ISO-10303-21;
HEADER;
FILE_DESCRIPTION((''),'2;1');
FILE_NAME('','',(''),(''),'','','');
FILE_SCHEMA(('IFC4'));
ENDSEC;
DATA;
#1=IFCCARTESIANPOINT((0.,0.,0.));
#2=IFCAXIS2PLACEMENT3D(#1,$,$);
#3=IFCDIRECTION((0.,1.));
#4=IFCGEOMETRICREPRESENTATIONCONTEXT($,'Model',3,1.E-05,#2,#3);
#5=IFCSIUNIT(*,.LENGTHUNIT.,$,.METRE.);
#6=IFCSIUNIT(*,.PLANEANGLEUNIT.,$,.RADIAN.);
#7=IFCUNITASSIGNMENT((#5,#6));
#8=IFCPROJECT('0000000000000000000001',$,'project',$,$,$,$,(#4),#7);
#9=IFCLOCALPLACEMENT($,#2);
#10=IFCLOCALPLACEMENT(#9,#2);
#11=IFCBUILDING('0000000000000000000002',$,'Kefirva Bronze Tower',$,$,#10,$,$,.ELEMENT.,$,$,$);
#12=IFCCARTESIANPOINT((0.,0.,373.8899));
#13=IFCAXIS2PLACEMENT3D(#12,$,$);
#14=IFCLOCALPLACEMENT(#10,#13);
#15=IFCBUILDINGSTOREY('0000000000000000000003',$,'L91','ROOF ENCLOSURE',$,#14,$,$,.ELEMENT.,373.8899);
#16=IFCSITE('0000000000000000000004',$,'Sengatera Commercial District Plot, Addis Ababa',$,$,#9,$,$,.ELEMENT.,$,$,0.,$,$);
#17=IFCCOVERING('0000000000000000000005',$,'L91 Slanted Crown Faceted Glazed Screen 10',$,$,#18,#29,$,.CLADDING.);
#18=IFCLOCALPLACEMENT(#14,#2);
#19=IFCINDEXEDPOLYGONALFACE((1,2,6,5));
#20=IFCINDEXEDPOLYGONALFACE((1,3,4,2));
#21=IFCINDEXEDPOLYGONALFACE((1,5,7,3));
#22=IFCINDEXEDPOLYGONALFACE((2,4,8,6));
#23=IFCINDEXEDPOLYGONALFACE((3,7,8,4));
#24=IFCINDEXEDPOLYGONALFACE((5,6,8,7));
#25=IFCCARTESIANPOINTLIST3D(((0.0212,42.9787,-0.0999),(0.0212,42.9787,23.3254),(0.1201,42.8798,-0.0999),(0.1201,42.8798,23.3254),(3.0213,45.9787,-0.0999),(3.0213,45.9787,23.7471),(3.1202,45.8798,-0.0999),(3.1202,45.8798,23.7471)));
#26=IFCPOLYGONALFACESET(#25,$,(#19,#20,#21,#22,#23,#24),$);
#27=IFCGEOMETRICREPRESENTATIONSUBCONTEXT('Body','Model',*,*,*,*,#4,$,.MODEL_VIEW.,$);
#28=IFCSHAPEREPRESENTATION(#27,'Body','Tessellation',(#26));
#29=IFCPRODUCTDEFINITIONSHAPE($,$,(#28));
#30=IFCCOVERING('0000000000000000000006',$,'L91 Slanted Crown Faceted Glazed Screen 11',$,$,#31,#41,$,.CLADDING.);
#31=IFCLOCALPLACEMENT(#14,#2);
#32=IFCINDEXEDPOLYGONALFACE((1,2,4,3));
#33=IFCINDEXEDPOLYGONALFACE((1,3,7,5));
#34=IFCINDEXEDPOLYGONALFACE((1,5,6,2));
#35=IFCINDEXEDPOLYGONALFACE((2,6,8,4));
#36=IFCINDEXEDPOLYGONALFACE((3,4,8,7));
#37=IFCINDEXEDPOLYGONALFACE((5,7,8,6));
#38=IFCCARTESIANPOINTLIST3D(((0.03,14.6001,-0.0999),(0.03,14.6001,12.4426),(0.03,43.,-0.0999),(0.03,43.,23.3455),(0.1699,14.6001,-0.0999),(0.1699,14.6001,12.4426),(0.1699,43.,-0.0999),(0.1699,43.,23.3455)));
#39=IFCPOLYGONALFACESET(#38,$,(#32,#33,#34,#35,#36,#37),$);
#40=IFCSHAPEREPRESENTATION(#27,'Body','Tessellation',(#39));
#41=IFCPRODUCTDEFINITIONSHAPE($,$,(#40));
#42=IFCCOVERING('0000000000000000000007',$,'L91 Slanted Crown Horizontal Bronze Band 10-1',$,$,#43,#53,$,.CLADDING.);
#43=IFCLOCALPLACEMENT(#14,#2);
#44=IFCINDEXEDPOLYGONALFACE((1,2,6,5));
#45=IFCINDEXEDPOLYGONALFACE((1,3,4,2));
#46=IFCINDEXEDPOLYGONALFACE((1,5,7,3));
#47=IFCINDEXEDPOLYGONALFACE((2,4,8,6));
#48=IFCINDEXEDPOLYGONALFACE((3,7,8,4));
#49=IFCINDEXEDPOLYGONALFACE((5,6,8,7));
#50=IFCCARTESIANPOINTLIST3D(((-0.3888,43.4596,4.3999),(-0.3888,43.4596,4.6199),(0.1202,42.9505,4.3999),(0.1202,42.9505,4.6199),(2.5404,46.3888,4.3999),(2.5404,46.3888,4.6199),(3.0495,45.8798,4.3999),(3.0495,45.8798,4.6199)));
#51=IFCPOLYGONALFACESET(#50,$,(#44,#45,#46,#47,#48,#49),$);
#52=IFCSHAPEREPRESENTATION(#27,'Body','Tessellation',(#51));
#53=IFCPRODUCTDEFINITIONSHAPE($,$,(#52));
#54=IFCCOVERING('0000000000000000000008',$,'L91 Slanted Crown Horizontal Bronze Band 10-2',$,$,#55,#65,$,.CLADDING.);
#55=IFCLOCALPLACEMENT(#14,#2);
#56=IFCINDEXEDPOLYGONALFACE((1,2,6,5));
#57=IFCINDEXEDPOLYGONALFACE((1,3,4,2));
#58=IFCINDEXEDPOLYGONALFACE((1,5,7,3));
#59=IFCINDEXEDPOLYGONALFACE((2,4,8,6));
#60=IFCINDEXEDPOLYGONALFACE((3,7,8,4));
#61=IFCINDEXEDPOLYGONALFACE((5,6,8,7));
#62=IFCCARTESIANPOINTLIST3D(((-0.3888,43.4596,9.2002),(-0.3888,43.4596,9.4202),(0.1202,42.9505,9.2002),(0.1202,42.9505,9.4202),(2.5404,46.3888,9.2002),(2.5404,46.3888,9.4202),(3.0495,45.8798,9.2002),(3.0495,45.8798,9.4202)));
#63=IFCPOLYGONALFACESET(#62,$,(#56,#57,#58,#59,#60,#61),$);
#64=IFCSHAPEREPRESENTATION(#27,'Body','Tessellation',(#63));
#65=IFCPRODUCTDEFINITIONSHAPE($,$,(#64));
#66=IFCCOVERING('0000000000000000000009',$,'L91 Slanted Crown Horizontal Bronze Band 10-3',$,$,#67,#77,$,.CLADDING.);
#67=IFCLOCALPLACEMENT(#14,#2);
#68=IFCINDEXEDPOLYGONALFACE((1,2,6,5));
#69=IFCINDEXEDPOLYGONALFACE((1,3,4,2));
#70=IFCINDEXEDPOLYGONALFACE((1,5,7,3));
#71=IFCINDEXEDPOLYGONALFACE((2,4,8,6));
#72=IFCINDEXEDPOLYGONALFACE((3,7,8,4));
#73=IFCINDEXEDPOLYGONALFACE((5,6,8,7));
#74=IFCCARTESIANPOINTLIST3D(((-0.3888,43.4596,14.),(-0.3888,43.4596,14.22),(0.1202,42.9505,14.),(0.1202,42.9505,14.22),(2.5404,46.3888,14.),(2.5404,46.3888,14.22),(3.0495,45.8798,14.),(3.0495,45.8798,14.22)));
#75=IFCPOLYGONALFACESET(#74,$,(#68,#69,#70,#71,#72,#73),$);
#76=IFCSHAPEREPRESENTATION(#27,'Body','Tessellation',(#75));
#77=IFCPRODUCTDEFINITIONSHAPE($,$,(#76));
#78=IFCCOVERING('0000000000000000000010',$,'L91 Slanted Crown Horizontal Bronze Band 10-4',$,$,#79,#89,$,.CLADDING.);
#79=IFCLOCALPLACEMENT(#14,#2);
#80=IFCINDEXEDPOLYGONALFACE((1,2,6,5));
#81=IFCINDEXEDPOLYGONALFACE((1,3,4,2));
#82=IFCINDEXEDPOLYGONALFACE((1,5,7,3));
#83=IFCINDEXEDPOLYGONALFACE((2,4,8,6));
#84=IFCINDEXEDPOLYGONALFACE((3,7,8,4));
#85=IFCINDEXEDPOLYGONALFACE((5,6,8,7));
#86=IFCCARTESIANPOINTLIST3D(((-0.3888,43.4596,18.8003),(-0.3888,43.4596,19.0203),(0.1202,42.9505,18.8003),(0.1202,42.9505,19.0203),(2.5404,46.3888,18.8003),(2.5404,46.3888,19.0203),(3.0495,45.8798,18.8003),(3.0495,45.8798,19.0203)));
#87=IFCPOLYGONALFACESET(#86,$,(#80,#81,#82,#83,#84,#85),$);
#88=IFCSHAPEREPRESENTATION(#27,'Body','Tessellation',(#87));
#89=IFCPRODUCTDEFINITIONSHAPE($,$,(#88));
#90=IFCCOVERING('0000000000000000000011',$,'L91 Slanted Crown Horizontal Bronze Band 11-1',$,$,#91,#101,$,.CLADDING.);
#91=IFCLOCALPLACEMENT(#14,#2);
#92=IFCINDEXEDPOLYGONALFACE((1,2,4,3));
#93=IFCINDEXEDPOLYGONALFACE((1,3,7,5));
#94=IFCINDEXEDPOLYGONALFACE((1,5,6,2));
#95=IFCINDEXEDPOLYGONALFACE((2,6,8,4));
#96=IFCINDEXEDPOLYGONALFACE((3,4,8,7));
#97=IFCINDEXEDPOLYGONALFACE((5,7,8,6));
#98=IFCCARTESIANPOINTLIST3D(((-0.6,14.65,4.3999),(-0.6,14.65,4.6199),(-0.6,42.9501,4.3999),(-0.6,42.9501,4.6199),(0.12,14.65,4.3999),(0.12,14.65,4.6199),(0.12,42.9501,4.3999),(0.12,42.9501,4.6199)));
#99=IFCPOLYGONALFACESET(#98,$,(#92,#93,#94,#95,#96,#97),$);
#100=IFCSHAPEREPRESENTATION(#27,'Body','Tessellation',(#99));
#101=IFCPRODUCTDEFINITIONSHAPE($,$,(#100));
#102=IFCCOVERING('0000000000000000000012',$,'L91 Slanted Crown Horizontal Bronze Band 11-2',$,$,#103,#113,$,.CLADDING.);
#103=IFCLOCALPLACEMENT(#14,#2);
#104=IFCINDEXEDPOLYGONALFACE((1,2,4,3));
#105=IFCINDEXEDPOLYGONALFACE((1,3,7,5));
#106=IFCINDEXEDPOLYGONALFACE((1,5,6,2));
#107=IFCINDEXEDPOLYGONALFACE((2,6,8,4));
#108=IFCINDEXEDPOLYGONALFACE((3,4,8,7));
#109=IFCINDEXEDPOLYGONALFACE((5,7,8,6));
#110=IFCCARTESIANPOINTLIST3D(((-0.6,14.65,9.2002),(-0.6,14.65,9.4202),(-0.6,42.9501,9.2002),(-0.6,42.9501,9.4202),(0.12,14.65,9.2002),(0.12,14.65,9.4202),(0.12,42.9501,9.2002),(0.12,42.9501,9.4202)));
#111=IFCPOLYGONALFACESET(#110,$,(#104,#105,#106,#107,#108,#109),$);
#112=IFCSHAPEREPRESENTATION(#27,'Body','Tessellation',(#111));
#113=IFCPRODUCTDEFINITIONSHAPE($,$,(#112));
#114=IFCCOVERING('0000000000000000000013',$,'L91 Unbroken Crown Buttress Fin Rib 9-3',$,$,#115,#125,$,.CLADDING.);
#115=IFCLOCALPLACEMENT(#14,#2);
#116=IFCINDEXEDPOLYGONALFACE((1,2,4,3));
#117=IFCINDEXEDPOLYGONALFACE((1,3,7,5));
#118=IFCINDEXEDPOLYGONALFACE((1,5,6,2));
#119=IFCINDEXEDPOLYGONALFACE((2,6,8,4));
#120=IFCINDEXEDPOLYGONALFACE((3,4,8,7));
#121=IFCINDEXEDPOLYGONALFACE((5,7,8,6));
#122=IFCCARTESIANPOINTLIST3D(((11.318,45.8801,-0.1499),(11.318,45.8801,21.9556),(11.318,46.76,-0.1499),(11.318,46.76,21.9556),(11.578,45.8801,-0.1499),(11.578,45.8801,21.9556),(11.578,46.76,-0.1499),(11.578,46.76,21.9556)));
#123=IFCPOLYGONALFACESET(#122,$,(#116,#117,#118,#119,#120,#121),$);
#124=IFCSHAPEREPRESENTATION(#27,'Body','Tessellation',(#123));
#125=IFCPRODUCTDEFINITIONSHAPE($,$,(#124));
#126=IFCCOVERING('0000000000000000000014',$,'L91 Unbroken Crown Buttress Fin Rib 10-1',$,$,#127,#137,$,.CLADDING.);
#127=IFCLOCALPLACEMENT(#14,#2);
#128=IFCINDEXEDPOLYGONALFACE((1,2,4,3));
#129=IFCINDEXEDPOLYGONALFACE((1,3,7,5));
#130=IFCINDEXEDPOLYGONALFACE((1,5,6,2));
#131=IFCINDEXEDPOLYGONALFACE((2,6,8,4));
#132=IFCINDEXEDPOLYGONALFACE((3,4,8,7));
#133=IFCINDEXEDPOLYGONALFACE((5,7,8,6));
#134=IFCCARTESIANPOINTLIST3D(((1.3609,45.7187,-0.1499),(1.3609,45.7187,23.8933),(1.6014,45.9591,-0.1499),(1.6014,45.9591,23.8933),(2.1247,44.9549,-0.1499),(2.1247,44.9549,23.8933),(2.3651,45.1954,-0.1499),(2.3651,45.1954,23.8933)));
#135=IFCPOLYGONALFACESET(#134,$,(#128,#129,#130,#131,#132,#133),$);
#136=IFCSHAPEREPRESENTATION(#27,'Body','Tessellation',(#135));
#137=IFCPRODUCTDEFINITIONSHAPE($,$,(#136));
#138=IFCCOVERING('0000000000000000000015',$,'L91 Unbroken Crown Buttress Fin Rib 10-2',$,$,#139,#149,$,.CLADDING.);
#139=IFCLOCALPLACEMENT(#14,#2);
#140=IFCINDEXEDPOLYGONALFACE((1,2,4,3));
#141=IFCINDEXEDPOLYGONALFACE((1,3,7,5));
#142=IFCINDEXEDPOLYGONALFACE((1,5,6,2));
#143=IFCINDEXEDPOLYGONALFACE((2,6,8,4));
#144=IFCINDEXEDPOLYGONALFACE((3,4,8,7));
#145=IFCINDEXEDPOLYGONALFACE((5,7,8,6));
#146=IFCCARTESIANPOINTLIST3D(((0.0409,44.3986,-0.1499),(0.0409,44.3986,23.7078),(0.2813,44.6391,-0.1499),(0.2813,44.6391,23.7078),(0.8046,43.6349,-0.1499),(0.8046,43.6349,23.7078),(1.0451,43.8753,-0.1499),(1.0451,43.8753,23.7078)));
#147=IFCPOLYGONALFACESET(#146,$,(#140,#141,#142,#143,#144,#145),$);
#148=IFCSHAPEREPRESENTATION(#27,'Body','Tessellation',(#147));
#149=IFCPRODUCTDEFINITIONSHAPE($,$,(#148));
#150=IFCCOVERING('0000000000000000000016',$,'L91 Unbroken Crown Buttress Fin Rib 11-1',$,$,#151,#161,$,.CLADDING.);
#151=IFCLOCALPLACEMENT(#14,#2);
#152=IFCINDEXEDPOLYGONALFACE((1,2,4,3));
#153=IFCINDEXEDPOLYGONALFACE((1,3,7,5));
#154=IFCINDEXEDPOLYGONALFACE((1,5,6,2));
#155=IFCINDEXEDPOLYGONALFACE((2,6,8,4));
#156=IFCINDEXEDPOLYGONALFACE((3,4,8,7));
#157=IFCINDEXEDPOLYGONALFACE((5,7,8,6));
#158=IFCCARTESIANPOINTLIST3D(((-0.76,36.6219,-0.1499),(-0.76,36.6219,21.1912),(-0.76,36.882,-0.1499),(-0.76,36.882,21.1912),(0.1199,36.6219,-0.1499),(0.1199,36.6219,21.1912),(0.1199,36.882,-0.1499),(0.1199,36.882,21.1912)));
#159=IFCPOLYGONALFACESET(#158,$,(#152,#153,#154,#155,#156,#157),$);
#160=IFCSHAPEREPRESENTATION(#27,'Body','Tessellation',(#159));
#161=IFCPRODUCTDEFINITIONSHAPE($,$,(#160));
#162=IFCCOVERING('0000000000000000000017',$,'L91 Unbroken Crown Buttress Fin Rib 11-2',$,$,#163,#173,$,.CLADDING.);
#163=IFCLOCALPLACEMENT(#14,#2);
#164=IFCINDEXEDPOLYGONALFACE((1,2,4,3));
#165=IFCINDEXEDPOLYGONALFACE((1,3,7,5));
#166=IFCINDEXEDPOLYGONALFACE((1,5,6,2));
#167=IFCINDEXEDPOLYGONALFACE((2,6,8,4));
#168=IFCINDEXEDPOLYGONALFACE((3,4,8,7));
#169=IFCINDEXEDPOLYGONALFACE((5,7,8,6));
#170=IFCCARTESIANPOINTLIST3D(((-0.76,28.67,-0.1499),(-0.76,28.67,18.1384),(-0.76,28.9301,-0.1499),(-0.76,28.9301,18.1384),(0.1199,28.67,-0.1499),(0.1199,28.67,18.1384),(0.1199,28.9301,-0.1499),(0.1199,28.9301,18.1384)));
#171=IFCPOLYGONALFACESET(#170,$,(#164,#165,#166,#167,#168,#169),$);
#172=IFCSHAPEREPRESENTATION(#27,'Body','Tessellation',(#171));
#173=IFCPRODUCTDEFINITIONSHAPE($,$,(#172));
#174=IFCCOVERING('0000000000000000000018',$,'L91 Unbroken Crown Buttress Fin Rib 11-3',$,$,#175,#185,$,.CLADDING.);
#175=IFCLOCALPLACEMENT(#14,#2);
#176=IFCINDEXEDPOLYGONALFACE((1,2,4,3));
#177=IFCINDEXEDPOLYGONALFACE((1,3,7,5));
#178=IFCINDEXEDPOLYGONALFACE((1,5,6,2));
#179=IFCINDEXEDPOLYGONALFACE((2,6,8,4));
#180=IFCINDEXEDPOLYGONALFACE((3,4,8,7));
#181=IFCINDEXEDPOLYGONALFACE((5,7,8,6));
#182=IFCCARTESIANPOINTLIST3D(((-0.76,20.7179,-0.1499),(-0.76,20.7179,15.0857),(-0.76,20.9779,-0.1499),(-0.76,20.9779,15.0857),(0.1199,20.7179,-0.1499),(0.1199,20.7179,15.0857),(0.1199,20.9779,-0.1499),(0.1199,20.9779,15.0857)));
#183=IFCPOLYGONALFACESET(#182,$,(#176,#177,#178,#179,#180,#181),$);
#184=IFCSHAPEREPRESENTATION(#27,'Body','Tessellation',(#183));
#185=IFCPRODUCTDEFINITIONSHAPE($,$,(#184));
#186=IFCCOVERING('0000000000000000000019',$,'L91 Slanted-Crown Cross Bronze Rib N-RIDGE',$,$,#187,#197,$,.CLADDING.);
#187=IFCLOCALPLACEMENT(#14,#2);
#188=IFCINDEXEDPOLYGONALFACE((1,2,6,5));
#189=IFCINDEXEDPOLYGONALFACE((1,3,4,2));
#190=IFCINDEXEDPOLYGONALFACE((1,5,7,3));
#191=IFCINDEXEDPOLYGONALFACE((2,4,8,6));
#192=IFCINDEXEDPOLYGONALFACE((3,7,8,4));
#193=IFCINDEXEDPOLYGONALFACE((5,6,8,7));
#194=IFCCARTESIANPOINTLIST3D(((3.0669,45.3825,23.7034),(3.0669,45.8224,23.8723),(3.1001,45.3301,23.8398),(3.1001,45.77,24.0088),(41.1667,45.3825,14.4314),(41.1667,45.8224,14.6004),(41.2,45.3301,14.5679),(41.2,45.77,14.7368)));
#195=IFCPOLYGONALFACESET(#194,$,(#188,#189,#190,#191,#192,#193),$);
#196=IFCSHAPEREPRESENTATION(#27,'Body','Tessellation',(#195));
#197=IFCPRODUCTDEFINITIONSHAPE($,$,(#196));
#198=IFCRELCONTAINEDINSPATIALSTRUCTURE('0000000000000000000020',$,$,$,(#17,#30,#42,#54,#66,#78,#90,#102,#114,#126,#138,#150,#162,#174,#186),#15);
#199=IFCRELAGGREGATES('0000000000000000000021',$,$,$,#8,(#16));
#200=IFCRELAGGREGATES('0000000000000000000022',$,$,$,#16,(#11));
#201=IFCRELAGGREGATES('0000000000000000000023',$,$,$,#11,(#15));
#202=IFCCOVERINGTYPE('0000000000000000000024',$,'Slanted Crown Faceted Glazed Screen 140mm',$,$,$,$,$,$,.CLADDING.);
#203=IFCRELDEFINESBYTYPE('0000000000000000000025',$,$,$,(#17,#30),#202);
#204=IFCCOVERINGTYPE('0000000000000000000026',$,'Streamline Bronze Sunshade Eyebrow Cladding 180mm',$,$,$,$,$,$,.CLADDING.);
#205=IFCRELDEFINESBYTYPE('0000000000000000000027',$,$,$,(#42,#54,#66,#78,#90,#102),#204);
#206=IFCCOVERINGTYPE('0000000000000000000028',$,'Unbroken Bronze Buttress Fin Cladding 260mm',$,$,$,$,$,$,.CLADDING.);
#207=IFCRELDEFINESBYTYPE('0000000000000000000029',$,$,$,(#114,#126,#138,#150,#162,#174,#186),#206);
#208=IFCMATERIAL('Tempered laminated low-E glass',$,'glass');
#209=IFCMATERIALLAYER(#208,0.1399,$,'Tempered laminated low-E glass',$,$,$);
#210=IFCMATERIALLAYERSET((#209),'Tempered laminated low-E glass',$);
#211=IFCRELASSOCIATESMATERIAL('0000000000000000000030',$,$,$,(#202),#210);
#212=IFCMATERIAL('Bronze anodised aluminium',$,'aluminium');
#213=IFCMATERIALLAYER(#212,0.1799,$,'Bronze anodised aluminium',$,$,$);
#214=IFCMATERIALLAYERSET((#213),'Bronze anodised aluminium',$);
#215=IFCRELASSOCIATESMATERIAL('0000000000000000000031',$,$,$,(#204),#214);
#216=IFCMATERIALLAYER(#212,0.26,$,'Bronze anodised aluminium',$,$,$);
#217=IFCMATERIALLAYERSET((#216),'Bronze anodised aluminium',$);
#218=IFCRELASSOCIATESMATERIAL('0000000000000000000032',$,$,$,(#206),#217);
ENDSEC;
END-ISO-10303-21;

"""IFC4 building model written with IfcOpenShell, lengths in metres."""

from ifc_helpers import new_model, si_unit, direction, frame, origin, origin_2d, place, context, subcontext, project, spatial, polyline, rectangle, outline, extrude, material, layer, layer_set, type_object, element, save


model = new_model("IFC4")

# Units and contexts
model_context = context("Model", 3, precision=1e-05, world=origin(), true_north=direction((0.0, 1.0)))
body_context = subcontext(model_context, "Body", "Model", "MODEL_VIEW")
ifc_project = project(units=[si_unit("LENGTHUNIT", "METRE"), si_unit("PLANEANGLEUNIT", "RADIAN")], contexts=[model_context])

# Site, building, storey
site_placement = place(None, origin())
site = spatial("IfcSite", under=ifc_project, at=site_placement, Name="Sengatera Commercial District Plot, Addis Ababa", CompositionType="ELEMENT", RefElevation=0.0)
building_placement = place(site_placement, origin())
building = spatial("IfcBuilding", under=site, at=building_placement, Name="Kefirva Bronze Tower", CompositionType="ELEMENT")
storey_placement = place(building_placement, frame((0.0, 0.0, 373.8899)))
storey = spatial("IfcBuildingStorey", under=building, at=storey_placement, Name="L91", Description="ROOF ENCLOSURE", CompositionType="ELEMENT", Elevation=373.8899)

# Coverings
ifc_material_1 = material(Name="Tempered laminated low-E glass", Category="glass")
ifc_layer_1 = layer(ifc_material_1, 0.1399, Name="Tempered laminated low-E glass")
ifc_layer_set_1 = layer_set([ifc_layer_1], Name="Tempered laminated low-E glass")
covering_type_1 = type_object("IfcCoveringType", Name="Slanted Crown Faceted Glazed Screen 140mm", PredefinedType="CLADDING", material=ifc_layer_set_1)
covering_1_placement = place(storey_placement, frame((3.0708, 45.9292, -0.0999), z_axis=(0.0, 0.0, 1.0), x_axis=(-0.707107, -0.707107, 0.0)))
element("IfcCovering", 1, at=covering_1_placement, inside=storey, type_object=covering_type_1, Name="L91 Slanted Crown Faceted Glazed Screen 10", PredefinedType="CLADDING", context=body_context, shape_type="SweptSolid", body=[
    extrude(outline(polyline([(0.0, 0.0), (4.2427, 0.0), (4.2427, 23.4253), (0.0, 23.8469), (0.0, 0.0)])), frame((0.0, 0.0698, 0.0), z_axis=(0.0, -1.0, 0.0), x_axis=(1.0, 0.0, 0.0)), (0.0, 0.0, 1.0), 0.1399),
])
covering_2_placement = place(storey_placement, frame((0.1001, 43.0, -0.0999), z_axis=(0.0, 0.0, 1.0), x_axis=(0.0, -1.0, 0.0)))
element("IfcCovering", 2, at=covering_2_placement, inside=storey, type_object=covering_type_1, Name="L91 Slanted Crown Faceted Glazed Screen 11", PredefinedType="CLADDING", context=body_context, shape_type="SweptSolid", body=[
    extrude(outline(polyline([(0.0, 0.0), (28.3999, 0.0), (28.3999, 12.5425), (0.0, 23.4453), (0.0, 0.0)])), frame((0.0, 0.0698, 0.0), z_axis=(0.0, -1.0, 0.0), x_axis=(1.0, 0.0, 0.0)), (0.0, 0.0, 1.0), 0.1399),
])
ifc_material_2 = material(Name="Bronze anodised aluminium", Category="aluminium")
ifc_layer_2 = layer(ifc_material_2, 0.1799, Name="Bronze anodised aluminium")
ifc_layer_set_2 = layer_set([ifc_layer_2], Name="Bronze anodised aluminium")
covering_type_2 = type_object("IfcCoveringType", Name="Streamline Bronze Sunshade Eyebrow Cladding 180mm", PredefinedType="CLADDING", material=ifc_layer_set_2)
for number, where, z_axis, x_axis, name in (
    (3, (1.3303, 44.6697, 4.3999), (0.0, 0.0, 1.0), (-0.707107, -0.707107, 0.0), "L91 Slanted Crown Horizontal Bronze Band 10-1"),
    (4, (1.3303, 44.6697, 9.2002), (0.0, 0.0, 1.0), (-0.707107, -0.707107, 0.0), "L91 Slanted Crown Horizontal Bronze Band 10-2"),
    (5, (1.3303, 44.6697, 14.0), (0.0, 0.0, 1.0), (-0.707107, -0.707107, 0.0), "L91 Slanted Crown Horizontal Bronze Band 10-3"),
    (6, (1.3303, 44.6697, 18.8003), (0.0, 0.0, 1.0), (-0.707107, -0.707107, 0.0), "L91 Slanted Crown Horizontal Bronze Band 10-4"),
):
    element("IfcCovering", number, at=place(storey_placement, frame(where, z_axis=z_axis, x_axis=x_axis)), inside=storey, type_object=covering_type_2, Name=name, PredefinedType="CLADDING", context=body_context, shape_type="SweptSolid", body=[
        extrude(rectangle(XDim=4.1426, YDim=0.72, at=origin_2d()), origin(), (0.0, 0.0, 1.0), 0.22),
    ])
for number, where, z_axis, x_axis, name in (
    (7, (-0.24, 28.8, 4.3999), (0.0, 0.0, 1.0), (0.0, -1.0, 0.0), "L91 Slanted Crown Horizontal Bronze Band 11-1"),
    (8, (-0.24, 28.8, 9.2002), (0.0, 0.0, 1.0), (0.0, -1.0, 0.0), "L91 Slanted Crown Horizontal Bronze Band 11-2"),
):
    element("IfcCovering", number, at=place(storey_placement, frame(where, z_axis=z_axis, x_axis=x_axis)), inside=storey, type_object=covering_type_2, Name=name, PredefinedType="CLADDING", context=body_context, shape_type="SweptSolid", body=[
        extrude(rectangle(XDim=28.3, YDim=0.72, at=origin_2d()), origin(), (0.0, 0.0, 1.0), 0.22),
    ])
ifc_layer_3 = layer(ifc_material_2, 0.26, Name="Bronze anodised aluminium")
ifc_layer_set_3 = layer_set([ifc_layer_3], Name="Bronze anodised aluminium")
covering_type_3 = type_object("IfcCoveringType", Name="Unbroken Bronze Buttress Fin Cladding 260mm", PredefinedType="CLADDING", material=ifc_layer_set_3)
covering_3_placement = place(storey_placement, frame((11.448, 46.3201, -0.1499), z_axis=(0.0, 0.0, 1.0), x_axis=(-1.0, 0.0, 0.0)))
element("IfcCovering", 9, at=covering_3_placement, inside=storey, type_object=covering_type_3, Name="L91 Unbroken Crown Buttress Fin Rib 9-3", PredefinedType="CLADDING", context=body_context, shape_type="SweptSolid", body=[
    extrude(rectangle(XDim=0.26, YDim=0.8799, at=origin_2d()), origin(), (0.0, 0.0, 1.0), 22.1055),
])
covering_4_placement = place(storey_placement, frame((1.863, 45.457, -0.1499), z_axis=(0.0, 0.0, 1.0), x_axis=(-0.707107, -0.707107, 0.0)))
element("IfcCovering", 10, at=covering_4_placement, inside=storey, type_object=covering_type_3, Name="L91 Unbroken Crown Buttress Fin Rib 10-1", PredefinedType="CLADDING", context=body_context, shape_type="SweptSolid", body=[
    extrude(rectangle(XDim=0.3401, YDim=1.0801, at=origin_2d()), origin(), (0.0, 0.0, 1.0), 24.0432),
])
covering_5_placement = place(storey_placement, frame((0.543, 44.137, -0.1499), z_axis=(0.0, 0.0, 1.0), x_axis=(-0.707107, -0.707107, 0.0)))
element("IfcCovering", 11, at=covering_5_placement, inside=storey, type_object=covering_type_3, Name="L91 Unbroken Crown Buttress Fin Rib 10-2", PredefinedType="CLADDING", context=body_context, shape_type="SweptSolid", body=[
    extrude(rectangle(XDim=0.3401, YDim=1.0801, at=origin_2d()), origin(), (0.0, 0.0, 1.0), 23.8577),
])
covering_6_placement = place(storey_placement, frame((-0.3201, 36.752, -0.1499), z_axis=(0.0, 0.0, 1.0), x_axis=(0.0, -1.0, 0.0)))
element("IfcCovering", 12, at=covering_6_placement, inside=storey, type_object=covering_type_3, Name="L91 Unbroken Crown Buttress Fin Rib 11-1", PredefinedType="CLADDING", context=body_context, shape_type="SweptSolid", body=[
    extrude(rectangle(XDim=0.26, YDim=0.8799, at=origin_2d()), origin(), (0.0, 0.0, 1.0), 21.3411),
])
covering_7_placement = place(storey_placement, frame((-0.3201, 28.8, -0.1499), z_axis=(0.0, 0.0, 1.0), x_axis=(0.0, -1.0, 0.0)))
element("IfcCovering", 13, at=covering_7_placement, inside=storey, type_object=covering_type_3, Name="L91 Unbroken Crown Buttress Fin Rib 11-2", PredefinedType="CLADDING", context=body_context, shape_type="SweptSolid", body=[
    extrude(rectangle(XDim=0.26, YDim=0.8799, at=origin_2d()), origin(), (0.0, 0.0, 1.0), 18.2883),
])
covering_8_placement = place(storey_placement, frame((-0.3201, 20.8479, -0.1499), z_axis=(0.0, 0.0, 1.0), x_axis=(0.0, -1.0, 0.0)))
element("IfcCovering", 14, at=covering_8_placement, inside=storey, type_object=covering_type_3, Name="L91 Unbroken Crown Buttress Fin Rib 11-3", PredefinedType="CLADDING", context=body_context, shape_type="SweptSolid", body=[
    extrude(rectangle(XDim=0.26, YDim=0.8799, at=origin_2d()), origin(), (0.0, 0.0, 1.0), 15.2356),
])
covering_9_placement = place(storey_placement, frame((3.1001, 45.3301, 23.8398), z_axis=(0.221539, -0.349585, 0.910336), x_axis=(0.971642, 0.0, -0.236459)))
element("IfcCovering", 15, at=covering_9_placement, inside=storey, type_object=covering_type_3, Name="L91 Slanted-Crown Cross Bronze Rib N-RIDGE", PredefinedType="CLADDING", context=body_context, shape_type="SweptSolid", body=[
    extrude(outline(polyline([(0.0, 0.0), (39.2118, 0.0), (39.1719, 0.4696), (-0.0399, 0.4696), (0.0, 0.0)])), origin(), (0.0, 0.0, -1.0), 0.1499),
])

save(model, "model.ifc")
